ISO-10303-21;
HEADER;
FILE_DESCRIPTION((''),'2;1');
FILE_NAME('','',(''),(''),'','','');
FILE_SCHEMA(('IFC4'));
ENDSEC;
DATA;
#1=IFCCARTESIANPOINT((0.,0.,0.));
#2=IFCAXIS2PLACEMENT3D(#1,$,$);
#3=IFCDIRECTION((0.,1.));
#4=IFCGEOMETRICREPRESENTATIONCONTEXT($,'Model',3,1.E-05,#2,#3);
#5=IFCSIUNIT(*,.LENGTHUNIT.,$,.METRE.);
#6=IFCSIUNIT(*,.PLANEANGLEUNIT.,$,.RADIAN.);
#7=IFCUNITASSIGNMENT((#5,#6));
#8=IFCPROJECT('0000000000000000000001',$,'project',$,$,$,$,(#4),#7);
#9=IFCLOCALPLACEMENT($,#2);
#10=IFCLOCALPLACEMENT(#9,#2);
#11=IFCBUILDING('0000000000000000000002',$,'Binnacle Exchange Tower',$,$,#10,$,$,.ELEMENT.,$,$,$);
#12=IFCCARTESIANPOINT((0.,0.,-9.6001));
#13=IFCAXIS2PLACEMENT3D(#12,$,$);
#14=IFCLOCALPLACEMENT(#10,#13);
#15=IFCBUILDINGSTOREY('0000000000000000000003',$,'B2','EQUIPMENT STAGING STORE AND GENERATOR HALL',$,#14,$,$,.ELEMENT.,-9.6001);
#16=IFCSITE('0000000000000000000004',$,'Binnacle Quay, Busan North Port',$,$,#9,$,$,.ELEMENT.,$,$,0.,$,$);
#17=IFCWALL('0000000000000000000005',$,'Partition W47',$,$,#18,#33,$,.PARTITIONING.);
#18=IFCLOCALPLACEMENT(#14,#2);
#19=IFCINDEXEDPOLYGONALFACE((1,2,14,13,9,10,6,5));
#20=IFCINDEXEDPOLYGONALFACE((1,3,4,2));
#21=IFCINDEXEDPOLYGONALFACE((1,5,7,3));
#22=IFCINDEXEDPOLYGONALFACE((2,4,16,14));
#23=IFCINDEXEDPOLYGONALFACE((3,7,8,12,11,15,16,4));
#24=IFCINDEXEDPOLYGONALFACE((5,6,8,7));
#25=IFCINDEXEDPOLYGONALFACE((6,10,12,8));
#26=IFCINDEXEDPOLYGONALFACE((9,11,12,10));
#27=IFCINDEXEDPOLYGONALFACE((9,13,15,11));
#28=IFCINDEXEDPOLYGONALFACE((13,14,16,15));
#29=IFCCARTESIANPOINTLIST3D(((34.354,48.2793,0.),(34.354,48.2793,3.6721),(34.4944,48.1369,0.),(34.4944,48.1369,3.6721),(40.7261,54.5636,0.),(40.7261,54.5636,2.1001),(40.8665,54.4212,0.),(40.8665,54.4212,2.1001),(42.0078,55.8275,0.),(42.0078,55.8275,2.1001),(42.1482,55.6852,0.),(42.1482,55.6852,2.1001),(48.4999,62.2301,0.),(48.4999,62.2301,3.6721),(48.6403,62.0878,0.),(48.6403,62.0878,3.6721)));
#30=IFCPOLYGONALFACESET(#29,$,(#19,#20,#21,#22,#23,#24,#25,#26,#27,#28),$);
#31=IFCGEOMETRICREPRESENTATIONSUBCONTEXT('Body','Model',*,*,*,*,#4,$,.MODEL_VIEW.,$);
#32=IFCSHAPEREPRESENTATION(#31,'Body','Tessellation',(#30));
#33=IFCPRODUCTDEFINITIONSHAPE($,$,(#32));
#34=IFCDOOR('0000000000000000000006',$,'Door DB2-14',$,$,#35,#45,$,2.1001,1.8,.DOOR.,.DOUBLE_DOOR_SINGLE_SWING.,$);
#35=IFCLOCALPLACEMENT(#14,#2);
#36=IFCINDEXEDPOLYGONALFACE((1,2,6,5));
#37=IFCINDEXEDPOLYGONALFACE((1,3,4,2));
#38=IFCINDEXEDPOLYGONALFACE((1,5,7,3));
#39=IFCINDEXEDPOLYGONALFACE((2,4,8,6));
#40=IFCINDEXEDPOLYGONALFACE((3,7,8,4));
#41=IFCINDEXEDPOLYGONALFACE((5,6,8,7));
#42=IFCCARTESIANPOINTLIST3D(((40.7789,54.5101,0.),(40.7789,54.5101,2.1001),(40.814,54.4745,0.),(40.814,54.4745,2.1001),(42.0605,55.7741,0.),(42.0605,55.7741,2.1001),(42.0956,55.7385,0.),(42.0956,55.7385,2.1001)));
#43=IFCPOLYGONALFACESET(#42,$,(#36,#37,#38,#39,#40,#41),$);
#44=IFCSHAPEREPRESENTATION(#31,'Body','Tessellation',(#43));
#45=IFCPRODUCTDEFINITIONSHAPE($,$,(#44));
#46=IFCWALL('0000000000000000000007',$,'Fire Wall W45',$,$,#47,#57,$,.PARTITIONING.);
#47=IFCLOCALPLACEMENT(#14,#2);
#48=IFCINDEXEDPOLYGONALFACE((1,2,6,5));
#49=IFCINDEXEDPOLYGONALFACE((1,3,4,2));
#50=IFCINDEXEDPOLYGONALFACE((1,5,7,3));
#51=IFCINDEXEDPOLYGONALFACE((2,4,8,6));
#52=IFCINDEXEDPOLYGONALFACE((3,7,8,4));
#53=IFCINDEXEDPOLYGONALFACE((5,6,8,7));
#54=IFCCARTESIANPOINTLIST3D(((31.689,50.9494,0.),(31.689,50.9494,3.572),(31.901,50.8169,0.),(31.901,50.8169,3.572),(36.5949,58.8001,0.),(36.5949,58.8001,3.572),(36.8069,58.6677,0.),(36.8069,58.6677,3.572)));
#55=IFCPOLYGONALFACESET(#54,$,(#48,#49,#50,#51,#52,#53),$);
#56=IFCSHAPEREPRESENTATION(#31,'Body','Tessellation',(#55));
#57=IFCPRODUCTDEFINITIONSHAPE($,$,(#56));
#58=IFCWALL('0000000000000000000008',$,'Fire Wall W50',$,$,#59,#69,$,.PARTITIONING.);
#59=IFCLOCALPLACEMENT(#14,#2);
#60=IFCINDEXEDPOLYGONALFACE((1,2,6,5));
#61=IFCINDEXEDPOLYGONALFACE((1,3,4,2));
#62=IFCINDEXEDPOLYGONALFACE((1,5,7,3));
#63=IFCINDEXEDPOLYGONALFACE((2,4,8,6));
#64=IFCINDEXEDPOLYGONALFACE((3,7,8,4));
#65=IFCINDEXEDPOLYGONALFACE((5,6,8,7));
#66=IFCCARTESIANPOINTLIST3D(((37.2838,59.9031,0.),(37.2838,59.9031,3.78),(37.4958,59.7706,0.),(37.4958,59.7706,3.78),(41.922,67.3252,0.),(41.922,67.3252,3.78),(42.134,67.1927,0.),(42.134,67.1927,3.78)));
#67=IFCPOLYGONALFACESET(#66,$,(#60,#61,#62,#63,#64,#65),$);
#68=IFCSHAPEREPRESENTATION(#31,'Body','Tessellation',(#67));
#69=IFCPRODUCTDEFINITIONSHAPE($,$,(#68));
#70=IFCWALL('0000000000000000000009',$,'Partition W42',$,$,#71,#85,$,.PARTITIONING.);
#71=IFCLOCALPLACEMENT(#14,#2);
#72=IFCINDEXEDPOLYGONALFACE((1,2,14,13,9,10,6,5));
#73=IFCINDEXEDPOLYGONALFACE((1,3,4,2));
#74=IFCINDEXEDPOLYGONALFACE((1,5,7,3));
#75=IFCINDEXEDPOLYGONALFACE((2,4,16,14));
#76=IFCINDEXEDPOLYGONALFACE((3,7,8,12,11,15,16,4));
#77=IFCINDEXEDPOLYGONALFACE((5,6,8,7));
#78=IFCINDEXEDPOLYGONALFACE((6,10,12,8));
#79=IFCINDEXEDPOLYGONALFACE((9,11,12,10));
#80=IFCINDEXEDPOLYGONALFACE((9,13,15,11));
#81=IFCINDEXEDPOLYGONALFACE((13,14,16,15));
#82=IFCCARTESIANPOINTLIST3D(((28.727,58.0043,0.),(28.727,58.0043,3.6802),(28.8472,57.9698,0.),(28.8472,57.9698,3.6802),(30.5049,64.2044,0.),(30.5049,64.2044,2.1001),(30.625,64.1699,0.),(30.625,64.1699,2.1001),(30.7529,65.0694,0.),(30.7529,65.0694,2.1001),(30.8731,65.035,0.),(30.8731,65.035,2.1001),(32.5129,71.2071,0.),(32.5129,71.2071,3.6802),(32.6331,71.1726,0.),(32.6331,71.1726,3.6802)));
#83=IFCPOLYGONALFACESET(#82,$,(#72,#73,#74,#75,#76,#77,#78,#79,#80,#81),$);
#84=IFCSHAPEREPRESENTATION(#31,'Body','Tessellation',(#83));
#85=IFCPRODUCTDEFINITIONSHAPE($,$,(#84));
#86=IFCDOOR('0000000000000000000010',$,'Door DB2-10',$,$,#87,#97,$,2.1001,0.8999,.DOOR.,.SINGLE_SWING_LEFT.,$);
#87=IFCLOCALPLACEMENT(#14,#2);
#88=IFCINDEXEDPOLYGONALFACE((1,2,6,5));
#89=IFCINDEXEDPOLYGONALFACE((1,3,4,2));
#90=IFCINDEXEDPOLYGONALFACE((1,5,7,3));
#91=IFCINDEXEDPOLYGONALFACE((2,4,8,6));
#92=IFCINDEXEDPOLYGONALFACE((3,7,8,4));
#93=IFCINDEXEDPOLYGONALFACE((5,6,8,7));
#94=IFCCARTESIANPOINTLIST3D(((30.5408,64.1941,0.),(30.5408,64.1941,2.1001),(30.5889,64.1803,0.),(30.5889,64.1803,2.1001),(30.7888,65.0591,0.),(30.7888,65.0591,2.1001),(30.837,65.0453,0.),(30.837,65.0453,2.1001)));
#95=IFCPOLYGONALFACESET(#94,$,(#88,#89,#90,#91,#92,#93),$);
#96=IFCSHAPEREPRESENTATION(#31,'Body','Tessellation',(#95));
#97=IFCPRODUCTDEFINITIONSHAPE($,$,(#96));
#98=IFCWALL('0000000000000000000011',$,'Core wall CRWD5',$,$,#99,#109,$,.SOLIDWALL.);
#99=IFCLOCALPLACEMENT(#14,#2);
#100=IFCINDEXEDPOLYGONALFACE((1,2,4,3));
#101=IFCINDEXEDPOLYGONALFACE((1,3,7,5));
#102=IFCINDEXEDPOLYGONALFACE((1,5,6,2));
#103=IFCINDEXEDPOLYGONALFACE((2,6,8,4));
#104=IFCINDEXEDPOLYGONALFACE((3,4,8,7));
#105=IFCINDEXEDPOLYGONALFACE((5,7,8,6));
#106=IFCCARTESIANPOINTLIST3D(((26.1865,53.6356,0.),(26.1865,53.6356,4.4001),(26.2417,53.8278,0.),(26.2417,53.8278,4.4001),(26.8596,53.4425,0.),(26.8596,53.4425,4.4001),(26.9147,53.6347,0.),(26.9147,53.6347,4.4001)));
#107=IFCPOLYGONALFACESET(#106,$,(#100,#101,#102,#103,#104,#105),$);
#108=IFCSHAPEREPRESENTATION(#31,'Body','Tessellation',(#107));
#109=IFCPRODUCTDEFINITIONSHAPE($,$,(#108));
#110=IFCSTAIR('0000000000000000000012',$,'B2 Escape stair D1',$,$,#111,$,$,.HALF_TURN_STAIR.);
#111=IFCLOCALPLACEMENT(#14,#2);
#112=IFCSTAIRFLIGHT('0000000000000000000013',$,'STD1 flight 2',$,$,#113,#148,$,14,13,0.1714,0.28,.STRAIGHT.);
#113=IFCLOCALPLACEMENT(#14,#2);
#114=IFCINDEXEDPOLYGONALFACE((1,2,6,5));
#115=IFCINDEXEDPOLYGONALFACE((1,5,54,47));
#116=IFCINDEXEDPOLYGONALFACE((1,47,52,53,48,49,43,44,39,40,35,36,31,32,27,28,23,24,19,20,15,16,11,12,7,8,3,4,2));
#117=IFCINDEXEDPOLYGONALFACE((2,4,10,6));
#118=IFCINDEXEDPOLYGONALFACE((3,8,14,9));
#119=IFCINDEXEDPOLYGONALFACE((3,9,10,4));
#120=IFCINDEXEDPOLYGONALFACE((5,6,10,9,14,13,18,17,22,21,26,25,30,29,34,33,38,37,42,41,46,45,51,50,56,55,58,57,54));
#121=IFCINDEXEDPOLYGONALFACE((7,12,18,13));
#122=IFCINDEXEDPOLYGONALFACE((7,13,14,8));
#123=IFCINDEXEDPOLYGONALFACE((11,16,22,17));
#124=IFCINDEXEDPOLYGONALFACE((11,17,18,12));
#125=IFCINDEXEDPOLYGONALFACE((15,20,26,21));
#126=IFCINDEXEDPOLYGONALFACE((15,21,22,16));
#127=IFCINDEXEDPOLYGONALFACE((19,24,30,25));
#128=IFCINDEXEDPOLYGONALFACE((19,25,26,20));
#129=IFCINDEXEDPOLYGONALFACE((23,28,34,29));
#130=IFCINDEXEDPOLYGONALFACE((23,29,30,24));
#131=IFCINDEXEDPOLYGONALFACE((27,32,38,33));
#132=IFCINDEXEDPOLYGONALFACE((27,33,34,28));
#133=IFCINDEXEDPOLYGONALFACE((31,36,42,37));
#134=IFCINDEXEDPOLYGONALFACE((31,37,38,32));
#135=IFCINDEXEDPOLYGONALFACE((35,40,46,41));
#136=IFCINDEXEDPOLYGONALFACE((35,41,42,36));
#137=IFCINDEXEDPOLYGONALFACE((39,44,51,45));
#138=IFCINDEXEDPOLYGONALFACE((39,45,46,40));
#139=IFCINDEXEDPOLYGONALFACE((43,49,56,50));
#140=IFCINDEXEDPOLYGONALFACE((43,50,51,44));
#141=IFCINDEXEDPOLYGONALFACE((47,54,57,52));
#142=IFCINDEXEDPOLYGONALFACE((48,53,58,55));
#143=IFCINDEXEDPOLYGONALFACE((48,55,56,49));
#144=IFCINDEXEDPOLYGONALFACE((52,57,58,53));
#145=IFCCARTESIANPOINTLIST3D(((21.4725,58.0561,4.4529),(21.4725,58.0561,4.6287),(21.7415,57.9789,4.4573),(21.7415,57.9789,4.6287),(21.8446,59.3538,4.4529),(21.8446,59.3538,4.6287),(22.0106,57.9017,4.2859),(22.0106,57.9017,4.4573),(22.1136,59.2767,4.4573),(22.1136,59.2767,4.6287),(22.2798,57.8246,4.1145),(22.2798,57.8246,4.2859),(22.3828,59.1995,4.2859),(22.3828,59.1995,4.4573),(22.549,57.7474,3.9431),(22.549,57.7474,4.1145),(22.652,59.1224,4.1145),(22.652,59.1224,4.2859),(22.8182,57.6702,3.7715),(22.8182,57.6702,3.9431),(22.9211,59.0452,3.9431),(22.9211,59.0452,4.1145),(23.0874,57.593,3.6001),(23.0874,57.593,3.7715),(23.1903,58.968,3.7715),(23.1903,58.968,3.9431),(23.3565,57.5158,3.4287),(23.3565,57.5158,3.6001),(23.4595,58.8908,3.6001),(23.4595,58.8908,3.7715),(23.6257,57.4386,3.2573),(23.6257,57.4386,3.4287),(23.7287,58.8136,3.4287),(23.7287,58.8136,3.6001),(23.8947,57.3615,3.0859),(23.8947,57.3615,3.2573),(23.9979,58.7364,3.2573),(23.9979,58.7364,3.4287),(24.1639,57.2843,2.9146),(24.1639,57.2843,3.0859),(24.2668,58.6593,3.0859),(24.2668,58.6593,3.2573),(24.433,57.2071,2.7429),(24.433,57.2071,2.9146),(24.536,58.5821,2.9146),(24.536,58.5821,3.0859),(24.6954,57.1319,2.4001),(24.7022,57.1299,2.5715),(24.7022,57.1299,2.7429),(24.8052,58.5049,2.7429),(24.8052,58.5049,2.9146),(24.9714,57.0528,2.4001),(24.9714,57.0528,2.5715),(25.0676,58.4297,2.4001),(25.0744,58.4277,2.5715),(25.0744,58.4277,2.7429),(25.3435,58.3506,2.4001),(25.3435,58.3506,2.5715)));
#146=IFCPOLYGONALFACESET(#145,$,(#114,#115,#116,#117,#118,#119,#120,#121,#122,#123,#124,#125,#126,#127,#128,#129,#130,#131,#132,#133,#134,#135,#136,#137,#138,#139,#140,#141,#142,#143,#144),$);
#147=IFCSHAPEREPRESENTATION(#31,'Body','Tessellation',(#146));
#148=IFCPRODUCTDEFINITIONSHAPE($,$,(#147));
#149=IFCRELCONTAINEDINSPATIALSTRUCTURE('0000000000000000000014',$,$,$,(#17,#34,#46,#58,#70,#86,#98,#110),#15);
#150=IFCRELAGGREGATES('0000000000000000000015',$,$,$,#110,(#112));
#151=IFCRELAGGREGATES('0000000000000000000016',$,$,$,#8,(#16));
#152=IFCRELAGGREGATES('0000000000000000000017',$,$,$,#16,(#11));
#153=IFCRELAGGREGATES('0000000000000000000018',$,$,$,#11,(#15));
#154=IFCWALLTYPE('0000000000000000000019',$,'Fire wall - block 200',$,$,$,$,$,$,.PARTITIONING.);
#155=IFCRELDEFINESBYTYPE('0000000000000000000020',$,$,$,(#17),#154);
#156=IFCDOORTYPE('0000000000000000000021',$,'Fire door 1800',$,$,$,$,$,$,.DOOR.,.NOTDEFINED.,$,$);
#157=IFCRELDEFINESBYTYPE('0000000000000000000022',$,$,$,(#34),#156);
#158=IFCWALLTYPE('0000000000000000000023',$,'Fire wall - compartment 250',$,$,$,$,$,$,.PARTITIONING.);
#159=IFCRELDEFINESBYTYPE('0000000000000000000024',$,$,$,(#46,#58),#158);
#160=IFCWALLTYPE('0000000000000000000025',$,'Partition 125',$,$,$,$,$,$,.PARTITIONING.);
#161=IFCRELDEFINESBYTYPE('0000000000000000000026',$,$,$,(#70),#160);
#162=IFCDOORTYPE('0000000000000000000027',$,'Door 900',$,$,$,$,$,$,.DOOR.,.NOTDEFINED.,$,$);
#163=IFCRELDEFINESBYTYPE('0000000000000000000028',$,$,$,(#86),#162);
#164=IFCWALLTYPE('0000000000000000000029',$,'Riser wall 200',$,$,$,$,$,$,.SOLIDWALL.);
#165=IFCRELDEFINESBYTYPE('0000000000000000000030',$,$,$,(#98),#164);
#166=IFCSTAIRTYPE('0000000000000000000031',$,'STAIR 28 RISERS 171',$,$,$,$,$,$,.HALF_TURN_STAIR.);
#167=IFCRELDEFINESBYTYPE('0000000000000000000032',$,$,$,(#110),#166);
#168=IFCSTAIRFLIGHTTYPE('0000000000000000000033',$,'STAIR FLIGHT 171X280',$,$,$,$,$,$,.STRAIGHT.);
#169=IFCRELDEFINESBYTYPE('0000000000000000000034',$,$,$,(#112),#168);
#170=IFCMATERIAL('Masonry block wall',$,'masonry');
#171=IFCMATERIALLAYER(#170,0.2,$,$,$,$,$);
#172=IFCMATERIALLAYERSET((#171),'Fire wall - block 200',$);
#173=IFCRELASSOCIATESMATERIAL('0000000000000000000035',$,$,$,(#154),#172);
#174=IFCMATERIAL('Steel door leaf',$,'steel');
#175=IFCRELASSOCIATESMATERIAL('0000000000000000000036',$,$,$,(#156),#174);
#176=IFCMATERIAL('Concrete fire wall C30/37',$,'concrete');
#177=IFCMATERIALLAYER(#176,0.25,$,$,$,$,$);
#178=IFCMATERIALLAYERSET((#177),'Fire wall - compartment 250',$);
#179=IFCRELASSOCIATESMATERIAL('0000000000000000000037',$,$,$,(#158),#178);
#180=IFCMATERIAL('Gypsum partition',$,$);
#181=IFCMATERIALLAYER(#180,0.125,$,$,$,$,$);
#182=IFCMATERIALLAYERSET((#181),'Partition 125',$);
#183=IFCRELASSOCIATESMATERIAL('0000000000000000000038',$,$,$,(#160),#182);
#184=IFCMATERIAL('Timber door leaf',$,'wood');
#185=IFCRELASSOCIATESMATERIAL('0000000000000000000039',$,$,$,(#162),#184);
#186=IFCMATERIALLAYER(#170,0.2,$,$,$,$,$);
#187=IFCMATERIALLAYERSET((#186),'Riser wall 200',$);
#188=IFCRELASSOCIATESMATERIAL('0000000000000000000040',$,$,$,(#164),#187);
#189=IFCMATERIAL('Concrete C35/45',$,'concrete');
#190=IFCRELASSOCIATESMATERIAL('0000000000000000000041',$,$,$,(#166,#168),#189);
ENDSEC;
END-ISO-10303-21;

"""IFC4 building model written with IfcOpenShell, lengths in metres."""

from ifc_helpers import new_model, si_unit, direction, frame, frame_2d, origin, place, context, subcontext, project, spatial, polyline, rectangle, outline, extrude, material, layer, layer_set, type_object, element, fill, aggregate, save


model = new_model("IFC4")

# Units and contexts
model_context = context("Model", 3, precision=1e-05, world=origin(), true_north=direction((0.0, 1.0)))
body_context = subcontext(model_context, "Body", "Model", "MODEL_VIEW")
ifc_project = project(units=[si_unit("LENGTHUNIT", "METRE"), si_unit("PLANEANGLEUNIT", "RADIAN")], contexts=[model_context])

# Site, building, storey
site_placement = place(None, origin())
site = spatial("IfcSite", under=ifc_project, at=site_placement, Name="Binnacle Quay, Busan North Port", CompositionType="ELEMENT", RefElevation=0.0)
building_placement = place(site_placement, origin())
building = spatial("IfcBuilding", under=site, at=building_placement, Name="Binnacle Exchange Tower", CompositionType="ELEMENT")
storey_placement = place(building_placement, frame((0.0, 0.0, -9.6001)))
storey = spatial("IfcBuildingStorey", under=building, at=storey_placement, Name="B2", Description="EQUIPMENT STAGING STORE AND GENERATOR HALL", CompositionType="ELEMENT", Elevation=-9.6001)

# Shared definitions
ifc_material_1 = material(Name="Steel door leaf", Category="steel")

# Shared definitions
ifc_material_2 = material(Name="Masonry block wall", Category="masonry")
ifc_layer_1 = layer(ifc_material_2, 0.2)
ifc_layer_set_1 = layer_set([ifc_layer_1], Name="Fire wall - block 200")
wall_type_1 = type_object("IfcWallType", Name="Fire wall - block 200", PredefinedType="PARTITIONING", material=ifc_layer_set_1)
door_type_1 = type_object("IfcDoorType", Name="Fire door 1800", OperationType="NOTDEFINED", PredefinedType="DOOR", material=ifc_material_1)

# Wall, opening, door
wall_1_placement = place(storey_placement, frame((34.4241, 48.208, 0.0), z_axis=(0.0, 0.0, 1.0), x_axis=(0.711999, 0.702181, 0.0)))
wall_1 = element("IfcWall", 1, at=wall_1_placement, inside=storey, type_object=wall_type_1, Name="Partition W47", PredefinedType="PARTITIONING", context=body_context, shape_type="SweptSolid", body=[
    extrude(rectangle(XDim=19.8679, YDim=0.2, at=frame_2d((9.9341, 0.0))), origin(), (0.0, 0.0, 1.0), 3.6721),
])
opening_1_placement = place(wall_1_placement, frame((8.95, 0.0, 0.0)))
opening_1 = element("IfcOpeningElement", 2, at=opening_1_placement, cuts=wall_1, PredefinedType="OPENING", context=body_context, shape_type="SweptSolid", body=[
    extrude(rectangle(XDim=1.8, YDim=2.1001, at=frame_2d((0.8999, 1.05))), frame((0.0, 0.1099, 0.0), z_axis=(0.0, -1.0, 0.0), x_axis=(1.0, 0.0, 0.0)), (0.0, 0.0, 1.0), 0.22),
])
door_1_placement = place(opening_1_placement, origin())
door_1 = element("IfcDoor", 3, at=door_1_placement, inside=storey, type_object=door_type_1, Name="Door DB2-14", OperationType="DOUBLE_DOOR_SINGLE_SWING", OverallHeight=2.1001, OverallWidth=1.8, PredefinedType="DOOR", context=body_context, shape_type="SweptSolid", body=[
    extrude(rectangle(XDim=1.8, YDim=2.1001, at=frame_2d((0.8999, 1.05))), frame((0.0, 0.0249, 0.0), z_axis=(0.0, -1.0, 0.0), x_axis=(1.0, 0.0, 0.0)), (0.0, 0.0, 1.0), 0.05),
])
fill(opening_1, door_1)

# Walls
ifc_material_3 = material(Name="Concrete fire wall C30/37", Category="concrete")
ifc_layer_2 = layer(ifc_material_3, 0.25)
ifc_layer_set_2 = layer_set([ifc_layer_2], Name="Fire wall - compartment 250")
wall_type_2 = type_object("IfcWallType", Name="Fire wall - compartment 250", PredefinedType="PARTITIONING", material=ifc_layer_set_2)
wall_2_placement = place(storey_placement, frame((31.7949, 50.8831, 0.0), z_axis=(0.0, 0.0, 1.0), x_axis=(0.52994, 0.848035, 0.0)))
element("IfcWall", 4, at=wall_2_placement, inside=storey, type_object=wall_type_2, Name="Fire Wall W45", PredefinedType="PARTITIONING", context=body_context, shape_type="SweptSolid", body=[
    extrude(rectangle(XDim=9.2576, YDim=0.25, at=frame_2d((4.6289, 0.0))), origin(), (0.0, 0.0, 1.0), 3.572),
])
wall_3_placement = place(storey_placement, frame((37.3899, 59.8369, 0.0), z_axis=(0.0, 0.0, 1.0), x_axis=(0.529946, 0.848031, 0.0)))
element("IfcWall", 5, at=wall_3_placement, inside=storey, type_object=wall_type_2, Name="Fire Wall W50", PredefinedType="PARTITIONING", context=body_context, shape_type="SweptSolid", body=[
    extrude(rectangle(XDim=8.7522, YDim=0.25, at=frame_2d((4.376, 0.0))), origin(), (0.0, 0.0, 1.0), 3.78),
])

# Wall, opening, door
ifc_material_4 = material(Name="Gypsum partition")
ifc_layer_3 = layer(ifc_material_4, 0.125)
ifc_layer_set_3 = layer_set([ifc_layer_3], Name="Partition 125")
wall_type_3 = type_object("IfcWallType", Name="Partition 125", PredefinedType="PARTITIONING", material=ifc_layer_set_3)
wall_4_placement = place(storey_placement, frame((28.7871, 57.9871, 0.0), z_axis=(0.0, 0.0, 1.0), x_axis=(0.275639, 0.961261, 0.0)))
wall_4 = element("IfcWall", 6, at=wall_4_placement, inside=storey, type_object=wall_type_3, Name="Partition W42", PredefinedType="PARTITIONING", context=body_context, shape_type="SweptSolid", body=[
    extrude(rectangle(XDim=13.7349, YDim=0.125, at=frame_2d((6.8674, 0.0))), origin(), (0.0, 0.0, 1.0), 3.6802),
])
opening_2_placement = place(wall_4_placement, frame((6.45, 0.0, 0.0)))
opening_2 = element("IfcOpeningElement", 7, at=opening_2_placement, cuts=wall_4, PredefinedType="OPENING", context=body_context, shape_type="SweptSolid", body=[
    extrude(rectangle(XDim=0.8999, YDim=2.1001, at=frame_2d((0.45, 1.05))), frame((0.0, 0.0725, 0.0), z_axis=(0.0, -1.0, 0.0), x_axis=(1.0, 0.0, 0.0)), (0.0, 0.0, 1.0), 0.145),
])
ifc_material_5 = material(Name="Timber door leaf", Category="wood")
door_type_2 = type_object("IfcDoorType", Name="Door 900", OperationType="NOTDEFINED", PredefinedType="DOOR", material=ifc_material_5)
door_2_placement = place(opening_2_placement, frame((0.8999, 0.0, 0.0), z_axis=(0.0, 0.0, 1.0), x_axis=(-1.0, 0.0, 0.0)))
door_2 = element("IfcDoor", 8, at=door_2_placement, inside=storey, type_object=door_type_2, Name="Door DB2-10", OperationType="SINGLE_SWING_LEFT", OverallHeight=2.1001, OverallWidth=0.8999, PredefinedType="DOOR", context=body_context, shape_type="SweptSolid", body=[
    extrude(rectangle(XDim=0.8999, YDim=2.1001, at=frame_2d((0.45, 1.05))), frame((0.0, 0.0249, 0.0), z_axis=(0.0, -1.0, 0.0), x_axis=(1.0, 0.0, 0.0)), (0.0, 0.0, 1.0), 0.05),
])
fill(opening_2, door_2)

# Wall
ifc_layer_4 = layer(ifc_material_2, 0.2)
ifc_layer_set_4 = layer_set([ifc_layer_4], Name="Riser wall 200")
wall_type_4 = type_object("IfcWallType", Name="Riser wall 200", PredefinedType="SOLIDWALL", material=ifc_layer_set_4)
wall_5_placement = place(storey_placement, frame((26.2141, 53.7317, 0.0), z_axis=(0.0, 0.0, 1.0), x_axis=(0.961221, -0.27578, 0.0)))
element("IfcWall", 9, at=wall_5_placement, inside=storey, type_object=wall_type_4, Name="Core wall CRWD5", PredefinedType="SOLIDWALL", context=body_context, shape_type="SweptSolid", body=[
    extrude(rectangle(XDim=0.7002, YDim=0.2, at=frame_2d((0.3501, 0.0))), origin(), (0.0, 0.0, 1.0), 4.4001),
])

# Stair, stair flight
ifc_material_6 = material(Name="Concrete C35/45", Category="concrete")
stair_type = type_object("IfcStairType", Name="STAIR 28 RISERS 171", PredefinedType="HALF_TURN_STAIR", material=ifc_material_6)
stair_placement = place(storey_placement, origin())
stair = element("IfcStair", 10, at=stair_placement, inside=storey, type_object=stair_type, Name="B2 Escape stair D1", PredefinedType="HALF_TURN_STAIR")
stair_flight_type = type_object("IfcStairFlightType", Name="STAIR FLIGHT 171X280", PredefinedType="STRAIGHT", material=ifc_material_6)
stair_flight_placement = place(storey_placement, frame((25.1575, 57.7017, 2.4001), z_axis=(0.0, 0.0, 1.0), x_axis=(-0.961262, 0.275637, 0.0)))
stair_flight = element("IfcStairFlight", 11, at=stair_flight_placement, type_object=stair_flight_type, Name="STD1 flight 2", NumberOfRisers=14, NumberOfTreads=13, PredefinedType="STRAIGHT", RiserHeight=0.1714, TreadLength=0.28, context=body_context, shape_type="SweptSolid", body=[
    extrude(outline(polyline([(0.0, 0.0), (0.0, 0.1714), (0.28, 0.1714), (0.28, 0.3428), (0.5601, 0.3428), (0.5601, 0.5144), (0.8401, 0.5144), (0.8401, 0.6858), (1.1201, 0.6858), (1.1201, 0.8572), (1.3999, 0.8572), (1.3999, 1.0286), (1.6799, 1.0286), (1.6799, 1.2), (1.96, 1.2), (1.96, 1.3713), (2.24, 1.3713), (2.24, 1.543), (2.52, 1.543), (2.52, 1.7144), (2.8, 1.7144), (2.8, 1.8857), (3.0801, 1.8857), (3.0801, 2.0571), (3.3601, 2.0571), (3.3601, 2.2285), (3.6399, 2.2285), (3.6399, 2.3999), (3.6399, 2.0527), (0.2871, 0.0), (0.0, 0.0)])), frame((0.0, 0.675, 0.0), z_axis=(0.0, -1.0, 0.0), x_axis=(1.0, 0.0, 0.0)), (0.0, 0.0, 1.0), 1.3501),
])
aggregate(stair, [stair_flight])

save(model, "model.ifc")
